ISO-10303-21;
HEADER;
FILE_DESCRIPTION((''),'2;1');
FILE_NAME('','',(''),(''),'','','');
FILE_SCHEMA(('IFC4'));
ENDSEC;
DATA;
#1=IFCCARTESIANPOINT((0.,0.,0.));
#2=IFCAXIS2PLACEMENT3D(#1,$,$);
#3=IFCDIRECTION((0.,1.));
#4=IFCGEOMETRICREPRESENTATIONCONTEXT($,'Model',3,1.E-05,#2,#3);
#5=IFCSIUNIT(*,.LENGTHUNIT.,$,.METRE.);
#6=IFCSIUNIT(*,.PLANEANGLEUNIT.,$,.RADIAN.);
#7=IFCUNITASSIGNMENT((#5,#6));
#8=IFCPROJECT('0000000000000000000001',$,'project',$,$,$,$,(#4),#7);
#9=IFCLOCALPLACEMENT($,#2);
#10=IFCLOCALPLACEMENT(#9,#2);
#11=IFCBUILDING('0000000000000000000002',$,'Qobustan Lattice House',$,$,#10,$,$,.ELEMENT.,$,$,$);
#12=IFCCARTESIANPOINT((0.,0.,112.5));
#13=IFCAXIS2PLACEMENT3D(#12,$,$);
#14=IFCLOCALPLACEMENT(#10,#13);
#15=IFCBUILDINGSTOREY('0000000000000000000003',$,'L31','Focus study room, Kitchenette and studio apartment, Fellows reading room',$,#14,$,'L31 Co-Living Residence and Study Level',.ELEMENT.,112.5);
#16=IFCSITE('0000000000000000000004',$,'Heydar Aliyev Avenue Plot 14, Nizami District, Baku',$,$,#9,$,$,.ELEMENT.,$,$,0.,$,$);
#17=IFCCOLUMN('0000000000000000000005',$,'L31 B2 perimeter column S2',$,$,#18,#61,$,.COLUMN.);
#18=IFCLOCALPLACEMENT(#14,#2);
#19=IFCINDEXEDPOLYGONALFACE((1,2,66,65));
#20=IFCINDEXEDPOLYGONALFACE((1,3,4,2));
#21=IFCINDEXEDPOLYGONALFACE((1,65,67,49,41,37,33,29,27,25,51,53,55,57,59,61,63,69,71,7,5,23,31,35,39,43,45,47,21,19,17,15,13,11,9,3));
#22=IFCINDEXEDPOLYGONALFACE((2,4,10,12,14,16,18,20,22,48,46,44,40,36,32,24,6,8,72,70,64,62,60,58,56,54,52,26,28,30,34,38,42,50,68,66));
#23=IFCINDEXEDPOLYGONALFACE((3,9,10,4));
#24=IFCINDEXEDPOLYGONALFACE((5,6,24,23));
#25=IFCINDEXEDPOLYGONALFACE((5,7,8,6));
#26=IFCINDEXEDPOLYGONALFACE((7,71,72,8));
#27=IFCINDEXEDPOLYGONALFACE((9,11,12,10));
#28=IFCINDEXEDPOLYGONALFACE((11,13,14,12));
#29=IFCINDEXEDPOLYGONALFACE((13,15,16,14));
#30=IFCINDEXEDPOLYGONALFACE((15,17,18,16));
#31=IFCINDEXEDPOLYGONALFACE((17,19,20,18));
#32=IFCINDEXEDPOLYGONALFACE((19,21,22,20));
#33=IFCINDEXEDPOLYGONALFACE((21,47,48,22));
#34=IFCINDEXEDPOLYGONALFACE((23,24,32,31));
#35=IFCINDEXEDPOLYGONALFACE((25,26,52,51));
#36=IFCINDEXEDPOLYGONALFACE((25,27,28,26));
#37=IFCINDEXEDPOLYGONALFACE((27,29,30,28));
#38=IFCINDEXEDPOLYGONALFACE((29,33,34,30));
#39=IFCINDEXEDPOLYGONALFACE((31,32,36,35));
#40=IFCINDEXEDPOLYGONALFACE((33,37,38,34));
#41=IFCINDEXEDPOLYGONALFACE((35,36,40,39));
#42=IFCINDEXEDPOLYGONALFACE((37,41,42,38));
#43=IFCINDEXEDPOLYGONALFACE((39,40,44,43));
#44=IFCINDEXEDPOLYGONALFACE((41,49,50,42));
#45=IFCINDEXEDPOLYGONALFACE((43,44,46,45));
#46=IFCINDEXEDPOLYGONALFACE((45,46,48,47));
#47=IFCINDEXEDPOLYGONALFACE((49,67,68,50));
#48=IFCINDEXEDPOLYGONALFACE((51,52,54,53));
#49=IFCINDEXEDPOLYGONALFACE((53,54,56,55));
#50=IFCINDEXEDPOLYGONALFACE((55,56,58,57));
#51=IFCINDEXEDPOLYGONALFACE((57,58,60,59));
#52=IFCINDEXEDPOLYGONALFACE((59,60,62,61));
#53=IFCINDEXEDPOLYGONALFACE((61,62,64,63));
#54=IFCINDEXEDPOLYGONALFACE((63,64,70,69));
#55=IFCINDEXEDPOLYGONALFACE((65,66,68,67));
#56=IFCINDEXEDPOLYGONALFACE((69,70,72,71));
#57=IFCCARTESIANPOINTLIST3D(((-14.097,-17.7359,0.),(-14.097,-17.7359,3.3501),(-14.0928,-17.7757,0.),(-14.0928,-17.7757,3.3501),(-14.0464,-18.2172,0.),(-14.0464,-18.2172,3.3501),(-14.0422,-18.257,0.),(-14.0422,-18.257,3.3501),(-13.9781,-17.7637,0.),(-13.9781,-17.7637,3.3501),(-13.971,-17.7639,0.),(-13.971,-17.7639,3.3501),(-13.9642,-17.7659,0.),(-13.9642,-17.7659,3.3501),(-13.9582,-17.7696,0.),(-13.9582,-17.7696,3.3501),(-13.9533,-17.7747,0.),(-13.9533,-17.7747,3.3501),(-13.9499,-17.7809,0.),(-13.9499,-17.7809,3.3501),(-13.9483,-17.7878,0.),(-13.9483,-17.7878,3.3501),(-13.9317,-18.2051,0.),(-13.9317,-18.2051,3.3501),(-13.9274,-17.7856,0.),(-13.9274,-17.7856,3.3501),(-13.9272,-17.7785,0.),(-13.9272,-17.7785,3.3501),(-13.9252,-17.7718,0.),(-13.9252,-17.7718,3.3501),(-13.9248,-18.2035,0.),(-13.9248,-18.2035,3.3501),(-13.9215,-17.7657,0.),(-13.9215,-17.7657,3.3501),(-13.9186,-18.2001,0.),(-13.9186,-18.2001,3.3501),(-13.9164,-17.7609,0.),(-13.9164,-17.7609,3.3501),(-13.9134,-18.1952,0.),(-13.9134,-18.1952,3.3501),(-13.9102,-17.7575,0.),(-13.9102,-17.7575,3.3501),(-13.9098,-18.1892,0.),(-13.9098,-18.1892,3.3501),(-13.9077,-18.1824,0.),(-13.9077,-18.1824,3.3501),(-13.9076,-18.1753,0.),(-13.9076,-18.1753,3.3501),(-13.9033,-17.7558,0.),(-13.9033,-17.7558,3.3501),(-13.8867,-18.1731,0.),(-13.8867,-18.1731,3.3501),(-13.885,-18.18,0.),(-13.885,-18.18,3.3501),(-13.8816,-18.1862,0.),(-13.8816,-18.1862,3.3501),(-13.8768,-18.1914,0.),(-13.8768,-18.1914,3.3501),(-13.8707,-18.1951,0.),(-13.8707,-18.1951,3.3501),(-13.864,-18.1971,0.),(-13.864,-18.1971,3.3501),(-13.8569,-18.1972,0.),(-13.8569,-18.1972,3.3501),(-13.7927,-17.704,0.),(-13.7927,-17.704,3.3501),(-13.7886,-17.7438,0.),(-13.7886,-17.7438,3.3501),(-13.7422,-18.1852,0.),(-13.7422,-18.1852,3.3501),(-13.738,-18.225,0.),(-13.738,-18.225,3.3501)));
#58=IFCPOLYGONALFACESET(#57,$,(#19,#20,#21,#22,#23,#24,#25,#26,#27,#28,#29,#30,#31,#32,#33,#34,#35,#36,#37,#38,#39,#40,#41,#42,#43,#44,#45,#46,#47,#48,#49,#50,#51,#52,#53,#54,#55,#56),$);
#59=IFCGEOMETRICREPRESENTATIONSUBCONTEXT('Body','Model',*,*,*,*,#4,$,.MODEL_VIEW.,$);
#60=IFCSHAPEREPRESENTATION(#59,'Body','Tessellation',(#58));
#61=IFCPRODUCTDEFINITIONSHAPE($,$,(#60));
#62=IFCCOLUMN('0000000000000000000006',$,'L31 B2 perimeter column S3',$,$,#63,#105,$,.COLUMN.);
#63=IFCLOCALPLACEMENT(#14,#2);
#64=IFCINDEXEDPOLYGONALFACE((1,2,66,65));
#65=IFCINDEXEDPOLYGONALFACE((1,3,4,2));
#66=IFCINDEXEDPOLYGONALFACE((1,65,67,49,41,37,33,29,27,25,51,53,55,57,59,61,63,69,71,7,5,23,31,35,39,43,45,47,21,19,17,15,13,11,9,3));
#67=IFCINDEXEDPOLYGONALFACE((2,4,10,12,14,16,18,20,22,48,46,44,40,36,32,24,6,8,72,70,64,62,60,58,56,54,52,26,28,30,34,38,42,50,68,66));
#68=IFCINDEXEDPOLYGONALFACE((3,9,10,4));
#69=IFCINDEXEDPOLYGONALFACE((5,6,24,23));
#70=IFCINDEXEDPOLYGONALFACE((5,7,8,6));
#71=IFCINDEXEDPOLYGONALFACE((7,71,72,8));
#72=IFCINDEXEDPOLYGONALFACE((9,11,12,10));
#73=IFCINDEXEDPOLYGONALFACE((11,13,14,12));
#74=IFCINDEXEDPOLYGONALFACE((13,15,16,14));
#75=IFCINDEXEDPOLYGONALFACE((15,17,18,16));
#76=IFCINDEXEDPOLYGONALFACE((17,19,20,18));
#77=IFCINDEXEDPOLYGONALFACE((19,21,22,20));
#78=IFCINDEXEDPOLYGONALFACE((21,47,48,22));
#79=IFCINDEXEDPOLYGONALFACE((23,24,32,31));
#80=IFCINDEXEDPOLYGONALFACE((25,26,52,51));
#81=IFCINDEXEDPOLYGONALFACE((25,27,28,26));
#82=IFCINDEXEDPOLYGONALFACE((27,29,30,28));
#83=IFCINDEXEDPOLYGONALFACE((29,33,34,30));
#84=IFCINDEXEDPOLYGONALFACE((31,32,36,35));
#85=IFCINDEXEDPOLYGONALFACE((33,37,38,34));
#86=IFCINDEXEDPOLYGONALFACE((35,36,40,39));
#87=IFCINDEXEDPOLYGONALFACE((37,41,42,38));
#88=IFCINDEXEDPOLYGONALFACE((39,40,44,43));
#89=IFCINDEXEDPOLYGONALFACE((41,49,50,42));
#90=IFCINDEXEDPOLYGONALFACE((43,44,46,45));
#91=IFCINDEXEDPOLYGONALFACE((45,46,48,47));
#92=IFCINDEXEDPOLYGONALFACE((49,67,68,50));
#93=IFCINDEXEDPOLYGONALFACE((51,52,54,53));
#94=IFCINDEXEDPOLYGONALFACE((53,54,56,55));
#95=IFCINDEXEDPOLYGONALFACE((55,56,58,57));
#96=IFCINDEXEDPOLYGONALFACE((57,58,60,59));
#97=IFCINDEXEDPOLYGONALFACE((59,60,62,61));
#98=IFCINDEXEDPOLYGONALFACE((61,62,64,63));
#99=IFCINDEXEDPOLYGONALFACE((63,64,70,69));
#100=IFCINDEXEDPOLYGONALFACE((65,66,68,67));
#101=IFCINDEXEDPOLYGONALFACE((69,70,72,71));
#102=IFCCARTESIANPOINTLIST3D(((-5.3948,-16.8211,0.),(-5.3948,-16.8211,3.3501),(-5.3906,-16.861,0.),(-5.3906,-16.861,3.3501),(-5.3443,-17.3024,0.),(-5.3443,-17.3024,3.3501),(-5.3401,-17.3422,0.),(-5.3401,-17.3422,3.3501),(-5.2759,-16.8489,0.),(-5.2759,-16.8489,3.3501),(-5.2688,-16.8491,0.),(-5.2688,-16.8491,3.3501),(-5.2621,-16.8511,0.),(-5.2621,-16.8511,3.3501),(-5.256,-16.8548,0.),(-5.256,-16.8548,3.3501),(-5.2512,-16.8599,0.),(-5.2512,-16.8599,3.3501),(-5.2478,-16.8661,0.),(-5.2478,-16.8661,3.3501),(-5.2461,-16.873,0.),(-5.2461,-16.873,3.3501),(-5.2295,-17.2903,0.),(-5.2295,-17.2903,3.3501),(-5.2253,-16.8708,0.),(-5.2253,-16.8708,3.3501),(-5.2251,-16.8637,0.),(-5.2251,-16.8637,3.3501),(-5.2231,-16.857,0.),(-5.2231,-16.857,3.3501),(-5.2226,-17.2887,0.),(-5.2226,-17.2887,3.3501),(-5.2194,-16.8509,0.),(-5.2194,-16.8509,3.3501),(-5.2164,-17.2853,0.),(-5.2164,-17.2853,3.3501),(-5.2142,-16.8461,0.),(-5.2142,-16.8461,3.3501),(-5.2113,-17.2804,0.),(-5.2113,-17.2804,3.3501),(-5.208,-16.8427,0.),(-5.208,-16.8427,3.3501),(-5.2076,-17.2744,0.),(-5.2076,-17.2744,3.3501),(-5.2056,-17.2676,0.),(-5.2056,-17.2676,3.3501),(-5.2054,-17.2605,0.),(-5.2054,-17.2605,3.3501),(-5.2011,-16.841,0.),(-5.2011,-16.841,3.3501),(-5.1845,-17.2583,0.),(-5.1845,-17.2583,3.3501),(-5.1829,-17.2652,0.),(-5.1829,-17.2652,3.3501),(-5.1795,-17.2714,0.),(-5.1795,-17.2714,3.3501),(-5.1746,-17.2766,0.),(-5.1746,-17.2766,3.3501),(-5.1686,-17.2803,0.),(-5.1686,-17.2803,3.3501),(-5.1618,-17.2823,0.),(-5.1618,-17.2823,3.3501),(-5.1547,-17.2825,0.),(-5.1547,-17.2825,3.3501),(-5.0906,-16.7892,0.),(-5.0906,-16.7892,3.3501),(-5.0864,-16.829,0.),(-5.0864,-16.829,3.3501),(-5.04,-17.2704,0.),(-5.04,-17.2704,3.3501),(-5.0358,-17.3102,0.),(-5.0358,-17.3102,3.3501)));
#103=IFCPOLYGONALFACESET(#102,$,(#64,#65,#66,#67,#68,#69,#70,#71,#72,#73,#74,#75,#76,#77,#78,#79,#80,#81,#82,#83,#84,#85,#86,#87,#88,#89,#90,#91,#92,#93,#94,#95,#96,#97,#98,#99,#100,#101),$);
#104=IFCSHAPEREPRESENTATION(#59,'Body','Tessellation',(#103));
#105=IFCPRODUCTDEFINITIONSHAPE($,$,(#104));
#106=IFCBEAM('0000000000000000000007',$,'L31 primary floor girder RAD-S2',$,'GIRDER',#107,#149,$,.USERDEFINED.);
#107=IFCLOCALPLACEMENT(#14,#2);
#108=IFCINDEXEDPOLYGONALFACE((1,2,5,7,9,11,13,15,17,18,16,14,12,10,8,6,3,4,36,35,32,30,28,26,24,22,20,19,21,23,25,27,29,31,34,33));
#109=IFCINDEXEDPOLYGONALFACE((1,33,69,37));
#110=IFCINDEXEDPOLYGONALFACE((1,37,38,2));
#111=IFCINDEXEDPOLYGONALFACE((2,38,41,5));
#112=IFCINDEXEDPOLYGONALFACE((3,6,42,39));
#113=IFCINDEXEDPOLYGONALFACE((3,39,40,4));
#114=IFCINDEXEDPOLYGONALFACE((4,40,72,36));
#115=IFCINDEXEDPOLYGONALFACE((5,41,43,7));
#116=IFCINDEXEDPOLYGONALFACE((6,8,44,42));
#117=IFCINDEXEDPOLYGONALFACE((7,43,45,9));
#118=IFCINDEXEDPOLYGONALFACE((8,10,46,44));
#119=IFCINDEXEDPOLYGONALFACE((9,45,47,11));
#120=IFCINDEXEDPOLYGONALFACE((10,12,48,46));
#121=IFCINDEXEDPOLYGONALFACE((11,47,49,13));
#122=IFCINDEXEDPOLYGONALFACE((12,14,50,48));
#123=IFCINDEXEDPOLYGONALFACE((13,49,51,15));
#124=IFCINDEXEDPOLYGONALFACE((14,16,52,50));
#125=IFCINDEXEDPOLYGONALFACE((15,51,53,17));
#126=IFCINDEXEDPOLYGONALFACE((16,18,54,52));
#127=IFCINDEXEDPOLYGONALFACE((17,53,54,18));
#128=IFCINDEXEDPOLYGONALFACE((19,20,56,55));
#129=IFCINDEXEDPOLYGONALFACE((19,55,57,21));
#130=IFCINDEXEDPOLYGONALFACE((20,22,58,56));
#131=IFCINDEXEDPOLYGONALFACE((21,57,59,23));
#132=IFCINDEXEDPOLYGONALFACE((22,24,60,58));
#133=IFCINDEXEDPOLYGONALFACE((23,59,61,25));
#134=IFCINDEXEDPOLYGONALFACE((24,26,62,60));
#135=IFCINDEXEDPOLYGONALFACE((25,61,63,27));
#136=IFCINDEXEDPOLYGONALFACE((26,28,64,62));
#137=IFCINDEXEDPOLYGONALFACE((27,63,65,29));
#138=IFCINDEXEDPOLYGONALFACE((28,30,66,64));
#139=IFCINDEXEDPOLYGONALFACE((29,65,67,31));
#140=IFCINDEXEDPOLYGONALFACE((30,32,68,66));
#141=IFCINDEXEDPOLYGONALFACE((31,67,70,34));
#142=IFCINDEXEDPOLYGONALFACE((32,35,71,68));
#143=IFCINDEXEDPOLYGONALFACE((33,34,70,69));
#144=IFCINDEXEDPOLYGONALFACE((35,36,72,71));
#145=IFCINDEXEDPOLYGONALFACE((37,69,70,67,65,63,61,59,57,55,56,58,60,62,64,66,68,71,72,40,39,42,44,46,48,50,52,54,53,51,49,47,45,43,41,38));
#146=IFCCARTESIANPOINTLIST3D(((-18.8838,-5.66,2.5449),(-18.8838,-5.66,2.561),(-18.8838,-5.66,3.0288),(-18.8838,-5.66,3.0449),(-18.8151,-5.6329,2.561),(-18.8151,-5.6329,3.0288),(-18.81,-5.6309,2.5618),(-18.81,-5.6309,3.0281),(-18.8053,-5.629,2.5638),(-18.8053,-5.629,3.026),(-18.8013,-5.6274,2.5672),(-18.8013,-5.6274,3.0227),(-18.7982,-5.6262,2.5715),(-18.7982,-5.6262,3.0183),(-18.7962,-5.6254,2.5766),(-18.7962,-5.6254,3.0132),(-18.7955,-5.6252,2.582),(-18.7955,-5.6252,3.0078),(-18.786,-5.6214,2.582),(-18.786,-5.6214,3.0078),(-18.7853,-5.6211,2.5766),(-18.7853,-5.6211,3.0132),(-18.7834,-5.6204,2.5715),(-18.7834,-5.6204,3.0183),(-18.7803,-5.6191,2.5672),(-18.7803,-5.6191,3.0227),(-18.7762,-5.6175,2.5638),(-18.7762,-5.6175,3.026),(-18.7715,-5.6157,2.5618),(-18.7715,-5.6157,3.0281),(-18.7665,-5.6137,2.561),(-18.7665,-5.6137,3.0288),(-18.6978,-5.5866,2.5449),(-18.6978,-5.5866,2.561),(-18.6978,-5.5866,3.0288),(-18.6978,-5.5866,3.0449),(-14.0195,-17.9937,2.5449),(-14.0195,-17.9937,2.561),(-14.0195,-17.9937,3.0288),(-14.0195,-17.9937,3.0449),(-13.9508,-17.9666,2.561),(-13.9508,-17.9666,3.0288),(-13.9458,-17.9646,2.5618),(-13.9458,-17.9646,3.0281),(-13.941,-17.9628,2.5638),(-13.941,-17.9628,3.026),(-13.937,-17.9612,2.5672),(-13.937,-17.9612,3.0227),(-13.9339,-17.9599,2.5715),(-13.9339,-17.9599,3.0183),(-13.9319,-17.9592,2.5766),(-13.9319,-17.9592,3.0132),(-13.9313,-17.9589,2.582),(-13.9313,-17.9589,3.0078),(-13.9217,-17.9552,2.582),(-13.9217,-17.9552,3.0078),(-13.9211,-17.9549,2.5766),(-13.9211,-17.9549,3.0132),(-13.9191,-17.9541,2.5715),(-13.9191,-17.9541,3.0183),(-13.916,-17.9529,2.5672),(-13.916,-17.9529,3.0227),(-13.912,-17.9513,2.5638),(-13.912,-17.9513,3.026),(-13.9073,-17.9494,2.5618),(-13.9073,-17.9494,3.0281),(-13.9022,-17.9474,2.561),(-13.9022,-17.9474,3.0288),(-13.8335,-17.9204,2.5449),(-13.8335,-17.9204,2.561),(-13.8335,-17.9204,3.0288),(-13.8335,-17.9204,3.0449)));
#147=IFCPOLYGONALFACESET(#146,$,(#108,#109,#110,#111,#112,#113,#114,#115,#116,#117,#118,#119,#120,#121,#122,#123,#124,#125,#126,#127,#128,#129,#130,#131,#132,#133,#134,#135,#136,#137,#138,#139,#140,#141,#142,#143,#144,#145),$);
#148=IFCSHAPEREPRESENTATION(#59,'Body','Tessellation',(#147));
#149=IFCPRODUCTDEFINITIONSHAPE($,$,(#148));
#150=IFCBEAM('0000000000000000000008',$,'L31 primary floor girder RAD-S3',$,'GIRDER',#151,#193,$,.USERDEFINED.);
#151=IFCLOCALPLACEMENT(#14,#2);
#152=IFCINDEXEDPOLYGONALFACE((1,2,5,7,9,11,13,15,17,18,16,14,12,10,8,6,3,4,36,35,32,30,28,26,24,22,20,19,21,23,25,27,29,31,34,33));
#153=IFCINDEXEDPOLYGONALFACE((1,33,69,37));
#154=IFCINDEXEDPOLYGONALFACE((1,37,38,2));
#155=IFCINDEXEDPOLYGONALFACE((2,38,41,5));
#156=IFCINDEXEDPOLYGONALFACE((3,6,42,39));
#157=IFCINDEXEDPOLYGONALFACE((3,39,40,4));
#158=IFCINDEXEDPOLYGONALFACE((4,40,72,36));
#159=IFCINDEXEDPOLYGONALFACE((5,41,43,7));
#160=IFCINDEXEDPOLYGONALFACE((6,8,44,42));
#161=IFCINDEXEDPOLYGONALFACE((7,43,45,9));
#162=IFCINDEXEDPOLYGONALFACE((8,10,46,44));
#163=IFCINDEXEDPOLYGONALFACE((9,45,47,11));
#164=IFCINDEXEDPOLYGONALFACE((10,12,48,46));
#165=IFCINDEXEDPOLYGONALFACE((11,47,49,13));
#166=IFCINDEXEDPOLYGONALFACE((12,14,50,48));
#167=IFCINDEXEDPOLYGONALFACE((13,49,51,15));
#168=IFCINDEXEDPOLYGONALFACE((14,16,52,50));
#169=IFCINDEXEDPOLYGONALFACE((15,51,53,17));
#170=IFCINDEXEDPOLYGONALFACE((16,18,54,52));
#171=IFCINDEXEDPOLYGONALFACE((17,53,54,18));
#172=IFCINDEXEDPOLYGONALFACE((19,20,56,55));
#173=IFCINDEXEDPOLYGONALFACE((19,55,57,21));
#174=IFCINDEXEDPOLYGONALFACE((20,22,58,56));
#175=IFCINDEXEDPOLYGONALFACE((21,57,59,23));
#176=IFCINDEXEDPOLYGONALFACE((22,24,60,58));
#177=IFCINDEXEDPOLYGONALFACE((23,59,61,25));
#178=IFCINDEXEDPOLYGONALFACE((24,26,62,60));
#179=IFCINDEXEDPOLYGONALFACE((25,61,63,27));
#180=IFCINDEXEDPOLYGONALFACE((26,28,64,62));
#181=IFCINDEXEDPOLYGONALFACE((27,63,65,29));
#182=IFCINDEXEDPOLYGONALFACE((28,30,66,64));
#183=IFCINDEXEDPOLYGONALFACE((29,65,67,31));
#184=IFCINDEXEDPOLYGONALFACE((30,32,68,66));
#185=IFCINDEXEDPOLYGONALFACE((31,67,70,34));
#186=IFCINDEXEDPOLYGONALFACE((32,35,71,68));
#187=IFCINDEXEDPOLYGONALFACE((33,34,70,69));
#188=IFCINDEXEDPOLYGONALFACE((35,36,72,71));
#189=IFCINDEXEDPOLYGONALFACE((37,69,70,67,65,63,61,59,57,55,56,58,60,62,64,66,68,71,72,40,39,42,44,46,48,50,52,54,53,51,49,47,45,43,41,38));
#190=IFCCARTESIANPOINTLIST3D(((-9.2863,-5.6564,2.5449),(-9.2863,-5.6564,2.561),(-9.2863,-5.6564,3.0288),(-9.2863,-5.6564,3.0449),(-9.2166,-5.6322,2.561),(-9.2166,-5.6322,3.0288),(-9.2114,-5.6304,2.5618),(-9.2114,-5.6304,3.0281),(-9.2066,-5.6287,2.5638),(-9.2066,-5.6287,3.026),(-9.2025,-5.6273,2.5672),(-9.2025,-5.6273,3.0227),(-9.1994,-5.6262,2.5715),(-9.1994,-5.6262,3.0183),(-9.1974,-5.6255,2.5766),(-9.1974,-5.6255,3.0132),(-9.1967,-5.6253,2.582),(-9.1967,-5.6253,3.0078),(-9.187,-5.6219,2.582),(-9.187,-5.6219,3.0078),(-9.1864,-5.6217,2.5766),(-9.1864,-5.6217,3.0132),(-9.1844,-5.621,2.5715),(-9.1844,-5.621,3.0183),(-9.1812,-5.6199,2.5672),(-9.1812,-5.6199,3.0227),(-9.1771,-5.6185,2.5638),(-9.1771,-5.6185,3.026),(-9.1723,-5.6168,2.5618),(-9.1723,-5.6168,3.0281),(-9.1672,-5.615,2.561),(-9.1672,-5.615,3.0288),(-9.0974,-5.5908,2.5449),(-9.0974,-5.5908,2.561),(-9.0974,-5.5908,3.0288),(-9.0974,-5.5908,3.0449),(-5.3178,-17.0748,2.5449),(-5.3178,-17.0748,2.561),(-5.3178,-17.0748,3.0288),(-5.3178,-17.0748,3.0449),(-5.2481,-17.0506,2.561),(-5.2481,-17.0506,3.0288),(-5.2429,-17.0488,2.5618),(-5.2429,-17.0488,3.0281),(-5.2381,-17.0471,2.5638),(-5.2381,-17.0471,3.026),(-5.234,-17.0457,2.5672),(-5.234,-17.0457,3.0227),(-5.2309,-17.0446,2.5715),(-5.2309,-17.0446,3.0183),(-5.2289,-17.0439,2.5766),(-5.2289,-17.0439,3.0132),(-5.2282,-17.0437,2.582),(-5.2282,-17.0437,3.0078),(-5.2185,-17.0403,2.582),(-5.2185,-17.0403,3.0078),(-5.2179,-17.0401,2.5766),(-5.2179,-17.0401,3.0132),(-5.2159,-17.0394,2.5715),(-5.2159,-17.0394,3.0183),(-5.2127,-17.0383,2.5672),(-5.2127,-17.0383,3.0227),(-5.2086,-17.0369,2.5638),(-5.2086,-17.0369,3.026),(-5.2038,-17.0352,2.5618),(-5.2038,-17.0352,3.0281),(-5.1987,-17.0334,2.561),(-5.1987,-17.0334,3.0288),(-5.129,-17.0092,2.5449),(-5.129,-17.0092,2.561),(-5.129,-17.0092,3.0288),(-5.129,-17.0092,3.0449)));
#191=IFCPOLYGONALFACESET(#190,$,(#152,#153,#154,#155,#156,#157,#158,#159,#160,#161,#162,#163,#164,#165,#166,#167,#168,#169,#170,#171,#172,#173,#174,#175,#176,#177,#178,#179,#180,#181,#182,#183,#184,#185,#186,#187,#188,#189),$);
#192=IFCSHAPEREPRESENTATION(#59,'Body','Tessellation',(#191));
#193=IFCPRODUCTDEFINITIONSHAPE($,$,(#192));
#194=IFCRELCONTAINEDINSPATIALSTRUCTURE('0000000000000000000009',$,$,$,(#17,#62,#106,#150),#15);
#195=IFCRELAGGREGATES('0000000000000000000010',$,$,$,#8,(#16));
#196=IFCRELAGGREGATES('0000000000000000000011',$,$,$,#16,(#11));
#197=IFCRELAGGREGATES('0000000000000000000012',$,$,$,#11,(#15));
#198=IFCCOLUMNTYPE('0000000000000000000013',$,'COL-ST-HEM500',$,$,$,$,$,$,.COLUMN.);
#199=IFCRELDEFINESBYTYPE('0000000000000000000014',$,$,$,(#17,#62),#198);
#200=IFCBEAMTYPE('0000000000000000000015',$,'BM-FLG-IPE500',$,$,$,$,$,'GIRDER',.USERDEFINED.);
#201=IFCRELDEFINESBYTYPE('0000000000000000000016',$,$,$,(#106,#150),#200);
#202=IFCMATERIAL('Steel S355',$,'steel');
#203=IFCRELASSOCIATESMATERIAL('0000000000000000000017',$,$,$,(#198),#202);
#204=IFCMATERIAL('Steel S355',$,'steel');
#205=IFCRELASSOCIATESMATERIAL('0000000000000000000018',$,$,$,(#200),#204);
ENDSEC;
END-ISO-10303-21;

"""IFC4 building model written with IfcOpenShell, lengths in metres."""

from ifc_helpers import new_model, si_unit, direction, frame, origin, origin_2d, place, context, subcontext, project, spatial, i_section, extrude, material, material_profile, profile_set, type_object, element, save


model = new_model("IFC4")

# Units and contexts
model_context = context("Model", 3, precision=1e-05, world=origin(), true_north=direction((0.0, 1.0)))
body_context = subcontext(model_context, "Body", "Model", "MODEL_VIEW")
ifc_project = project(units=[si_unit("LENGTHUNIT", "METRE"), si_unit("PLANEANGLEUNIT", "RADIAN")], contexts=[model_context])

# Site, building, storey
site_placement = place(None, origin())
site = spatial("IfcSite", under=ifc_project, at=site_placement, Name="Heydar Aliyev Avenue Plot 14, Nizami District, Baku", CompositionType="ELEMENT", RefElevation=0.0)
building_placement = place(site_placement, origin())
building = spatial("IfcBuilding", under=site, at=building_placement, Name="Qobustan Lattice House", CompositionType="ELEMENT")
storey_placement = place(building_placement, frame((0.0, 0.0, 112.5)))
storey = spatial("IfcBuildingStorey", under=building, at=storey_placement, Name="L31", Description="Focus study room, Kitchenette and studio apartment, Fellows reading room", LongName="L31 Co-Living Residence and Study Level", CompositionType="ELEMENT", Elevation=112.5)

# Columns
ifc_material_1 = material(Name="Steel S355", Category="steel")
ifc_material_profile_1 = material_profile(ifc_material_1, i_section(OverallWidth=0.3059, OverallDepth=0.5239, WebThickness=0.021, FlangeThickness=0.04, FilletRadius=0.0271, at=origin_2d()), Name="HEM500")
ifc_profile_set_1 = profile_set([ifc_material_profile_1], Name="Steel S355")
column_type = type_object("IfcColumnType", Name="COL-ST-HEM500", PredefinedType="COLUMN", material=ifc_profile_set_1)
for number, where, z_axis, x_axis, name in (
    (1, (-13.9175, -17.9805, 0.0), (0.0, 0.0, 1.0), (0.994522, 0.104528, 0.0), "L31 B2 perimeter column S2"),
    (2, (-5.2153, -17.0657, 0.0), (0.0, 0.0, 1.0), (0.994522, 0.104528, 0.0), "L31 B2 perimeter column S3"),
):
    element("IfcColumn", number, at=place(storey_placement, frame(where, z_axis=z_axis, x_axis=x_axis)), inside=storey, type_object=column_type, Name=name, PredefinedType="COLUMN", context=body_context, shape_type="SweptSolid", body=[
        extrude(i_section(OverallWidth=0.3059, OverallDepth=0.5239, WebThickness=0.021, FlangeThickness=0.04, FilletRadius=0.0271, at=origin_2d()), origin(), (0.0, 0.0, 1.0), 3.3501),
    ])

# Beams
ifc_material_2 = material(Name="Steel S355", Category="steel")
ifc_material_profile_2 = material_profile(ifc_material_2, i_section(OverallWidth=0.2, OverallDepth=0.5, WebThickness=0.0103, FlangeThickness=0.0161, FilletRadius=0.021, at=origin_2d()), Name="IPE500")
ifc_profile_set_2 = profile_set([ifc_material_profile_2], Name="Steel S355")
beam_type_1 = type_object("IfcBeamType", Name="BM-FLG-IPE500", ElementType="GIRDER", PredefinedType="USERDEFINED", material=ifc_profile_set_2)
beam_1_placement = place(storey_placement, frame((-13.9265, -17.957, 2.7949), z_axis=(-0.366884, 0.930267, 0.0), x_axis=(-0.930267, -0.366884, 0.0)))
element("IfcBeam", 3, at=beam_1_placement, inside=storey, type_object=beam_type_1, Name="L31 primary floor girder RAD-S2", ObjectType="GIRDER", PredefinedType="USERDEFINED", context=body_context, shape_type="SweptSolid", body=[
    extrude(i_section(OverallWidth=0.2, OverallDepth=0.5, WebThickness=0.0103, FlangeThickness=0.0161, FilletRadius=0.021, at=origin_2d()), origin(), (0.0, 0.0, 1.0), 13.2583),
])
beam_2_placement = place(storey_placement, frame((-5.2234, -17.042, 2.7949), z_axis=(-0.32829, 0.944577, 0.0), x_axis=(-0.944577, -0.32829, 0.0)))
element("IfcBeam", 4, at=beam_2_placement, inside=storey, type_object=beam_type_1, Name="L31 primary floor girder RAD-S3", ObjectType="GIRDER", PredefinedType="USERDEFINED", context=body_context, shape_type="SweptSolid", body=[
    extrude(i_section(OverallWidth=0.2, OverallDepth=0.5, WebThickness=0.0103, FlangeThickness=0.0161, FilletRadius=0.021, at=origin_2d()), origin(), (0.0, 0.0, 1.0), 12.0884),
])

save(model, "model.ifc")
